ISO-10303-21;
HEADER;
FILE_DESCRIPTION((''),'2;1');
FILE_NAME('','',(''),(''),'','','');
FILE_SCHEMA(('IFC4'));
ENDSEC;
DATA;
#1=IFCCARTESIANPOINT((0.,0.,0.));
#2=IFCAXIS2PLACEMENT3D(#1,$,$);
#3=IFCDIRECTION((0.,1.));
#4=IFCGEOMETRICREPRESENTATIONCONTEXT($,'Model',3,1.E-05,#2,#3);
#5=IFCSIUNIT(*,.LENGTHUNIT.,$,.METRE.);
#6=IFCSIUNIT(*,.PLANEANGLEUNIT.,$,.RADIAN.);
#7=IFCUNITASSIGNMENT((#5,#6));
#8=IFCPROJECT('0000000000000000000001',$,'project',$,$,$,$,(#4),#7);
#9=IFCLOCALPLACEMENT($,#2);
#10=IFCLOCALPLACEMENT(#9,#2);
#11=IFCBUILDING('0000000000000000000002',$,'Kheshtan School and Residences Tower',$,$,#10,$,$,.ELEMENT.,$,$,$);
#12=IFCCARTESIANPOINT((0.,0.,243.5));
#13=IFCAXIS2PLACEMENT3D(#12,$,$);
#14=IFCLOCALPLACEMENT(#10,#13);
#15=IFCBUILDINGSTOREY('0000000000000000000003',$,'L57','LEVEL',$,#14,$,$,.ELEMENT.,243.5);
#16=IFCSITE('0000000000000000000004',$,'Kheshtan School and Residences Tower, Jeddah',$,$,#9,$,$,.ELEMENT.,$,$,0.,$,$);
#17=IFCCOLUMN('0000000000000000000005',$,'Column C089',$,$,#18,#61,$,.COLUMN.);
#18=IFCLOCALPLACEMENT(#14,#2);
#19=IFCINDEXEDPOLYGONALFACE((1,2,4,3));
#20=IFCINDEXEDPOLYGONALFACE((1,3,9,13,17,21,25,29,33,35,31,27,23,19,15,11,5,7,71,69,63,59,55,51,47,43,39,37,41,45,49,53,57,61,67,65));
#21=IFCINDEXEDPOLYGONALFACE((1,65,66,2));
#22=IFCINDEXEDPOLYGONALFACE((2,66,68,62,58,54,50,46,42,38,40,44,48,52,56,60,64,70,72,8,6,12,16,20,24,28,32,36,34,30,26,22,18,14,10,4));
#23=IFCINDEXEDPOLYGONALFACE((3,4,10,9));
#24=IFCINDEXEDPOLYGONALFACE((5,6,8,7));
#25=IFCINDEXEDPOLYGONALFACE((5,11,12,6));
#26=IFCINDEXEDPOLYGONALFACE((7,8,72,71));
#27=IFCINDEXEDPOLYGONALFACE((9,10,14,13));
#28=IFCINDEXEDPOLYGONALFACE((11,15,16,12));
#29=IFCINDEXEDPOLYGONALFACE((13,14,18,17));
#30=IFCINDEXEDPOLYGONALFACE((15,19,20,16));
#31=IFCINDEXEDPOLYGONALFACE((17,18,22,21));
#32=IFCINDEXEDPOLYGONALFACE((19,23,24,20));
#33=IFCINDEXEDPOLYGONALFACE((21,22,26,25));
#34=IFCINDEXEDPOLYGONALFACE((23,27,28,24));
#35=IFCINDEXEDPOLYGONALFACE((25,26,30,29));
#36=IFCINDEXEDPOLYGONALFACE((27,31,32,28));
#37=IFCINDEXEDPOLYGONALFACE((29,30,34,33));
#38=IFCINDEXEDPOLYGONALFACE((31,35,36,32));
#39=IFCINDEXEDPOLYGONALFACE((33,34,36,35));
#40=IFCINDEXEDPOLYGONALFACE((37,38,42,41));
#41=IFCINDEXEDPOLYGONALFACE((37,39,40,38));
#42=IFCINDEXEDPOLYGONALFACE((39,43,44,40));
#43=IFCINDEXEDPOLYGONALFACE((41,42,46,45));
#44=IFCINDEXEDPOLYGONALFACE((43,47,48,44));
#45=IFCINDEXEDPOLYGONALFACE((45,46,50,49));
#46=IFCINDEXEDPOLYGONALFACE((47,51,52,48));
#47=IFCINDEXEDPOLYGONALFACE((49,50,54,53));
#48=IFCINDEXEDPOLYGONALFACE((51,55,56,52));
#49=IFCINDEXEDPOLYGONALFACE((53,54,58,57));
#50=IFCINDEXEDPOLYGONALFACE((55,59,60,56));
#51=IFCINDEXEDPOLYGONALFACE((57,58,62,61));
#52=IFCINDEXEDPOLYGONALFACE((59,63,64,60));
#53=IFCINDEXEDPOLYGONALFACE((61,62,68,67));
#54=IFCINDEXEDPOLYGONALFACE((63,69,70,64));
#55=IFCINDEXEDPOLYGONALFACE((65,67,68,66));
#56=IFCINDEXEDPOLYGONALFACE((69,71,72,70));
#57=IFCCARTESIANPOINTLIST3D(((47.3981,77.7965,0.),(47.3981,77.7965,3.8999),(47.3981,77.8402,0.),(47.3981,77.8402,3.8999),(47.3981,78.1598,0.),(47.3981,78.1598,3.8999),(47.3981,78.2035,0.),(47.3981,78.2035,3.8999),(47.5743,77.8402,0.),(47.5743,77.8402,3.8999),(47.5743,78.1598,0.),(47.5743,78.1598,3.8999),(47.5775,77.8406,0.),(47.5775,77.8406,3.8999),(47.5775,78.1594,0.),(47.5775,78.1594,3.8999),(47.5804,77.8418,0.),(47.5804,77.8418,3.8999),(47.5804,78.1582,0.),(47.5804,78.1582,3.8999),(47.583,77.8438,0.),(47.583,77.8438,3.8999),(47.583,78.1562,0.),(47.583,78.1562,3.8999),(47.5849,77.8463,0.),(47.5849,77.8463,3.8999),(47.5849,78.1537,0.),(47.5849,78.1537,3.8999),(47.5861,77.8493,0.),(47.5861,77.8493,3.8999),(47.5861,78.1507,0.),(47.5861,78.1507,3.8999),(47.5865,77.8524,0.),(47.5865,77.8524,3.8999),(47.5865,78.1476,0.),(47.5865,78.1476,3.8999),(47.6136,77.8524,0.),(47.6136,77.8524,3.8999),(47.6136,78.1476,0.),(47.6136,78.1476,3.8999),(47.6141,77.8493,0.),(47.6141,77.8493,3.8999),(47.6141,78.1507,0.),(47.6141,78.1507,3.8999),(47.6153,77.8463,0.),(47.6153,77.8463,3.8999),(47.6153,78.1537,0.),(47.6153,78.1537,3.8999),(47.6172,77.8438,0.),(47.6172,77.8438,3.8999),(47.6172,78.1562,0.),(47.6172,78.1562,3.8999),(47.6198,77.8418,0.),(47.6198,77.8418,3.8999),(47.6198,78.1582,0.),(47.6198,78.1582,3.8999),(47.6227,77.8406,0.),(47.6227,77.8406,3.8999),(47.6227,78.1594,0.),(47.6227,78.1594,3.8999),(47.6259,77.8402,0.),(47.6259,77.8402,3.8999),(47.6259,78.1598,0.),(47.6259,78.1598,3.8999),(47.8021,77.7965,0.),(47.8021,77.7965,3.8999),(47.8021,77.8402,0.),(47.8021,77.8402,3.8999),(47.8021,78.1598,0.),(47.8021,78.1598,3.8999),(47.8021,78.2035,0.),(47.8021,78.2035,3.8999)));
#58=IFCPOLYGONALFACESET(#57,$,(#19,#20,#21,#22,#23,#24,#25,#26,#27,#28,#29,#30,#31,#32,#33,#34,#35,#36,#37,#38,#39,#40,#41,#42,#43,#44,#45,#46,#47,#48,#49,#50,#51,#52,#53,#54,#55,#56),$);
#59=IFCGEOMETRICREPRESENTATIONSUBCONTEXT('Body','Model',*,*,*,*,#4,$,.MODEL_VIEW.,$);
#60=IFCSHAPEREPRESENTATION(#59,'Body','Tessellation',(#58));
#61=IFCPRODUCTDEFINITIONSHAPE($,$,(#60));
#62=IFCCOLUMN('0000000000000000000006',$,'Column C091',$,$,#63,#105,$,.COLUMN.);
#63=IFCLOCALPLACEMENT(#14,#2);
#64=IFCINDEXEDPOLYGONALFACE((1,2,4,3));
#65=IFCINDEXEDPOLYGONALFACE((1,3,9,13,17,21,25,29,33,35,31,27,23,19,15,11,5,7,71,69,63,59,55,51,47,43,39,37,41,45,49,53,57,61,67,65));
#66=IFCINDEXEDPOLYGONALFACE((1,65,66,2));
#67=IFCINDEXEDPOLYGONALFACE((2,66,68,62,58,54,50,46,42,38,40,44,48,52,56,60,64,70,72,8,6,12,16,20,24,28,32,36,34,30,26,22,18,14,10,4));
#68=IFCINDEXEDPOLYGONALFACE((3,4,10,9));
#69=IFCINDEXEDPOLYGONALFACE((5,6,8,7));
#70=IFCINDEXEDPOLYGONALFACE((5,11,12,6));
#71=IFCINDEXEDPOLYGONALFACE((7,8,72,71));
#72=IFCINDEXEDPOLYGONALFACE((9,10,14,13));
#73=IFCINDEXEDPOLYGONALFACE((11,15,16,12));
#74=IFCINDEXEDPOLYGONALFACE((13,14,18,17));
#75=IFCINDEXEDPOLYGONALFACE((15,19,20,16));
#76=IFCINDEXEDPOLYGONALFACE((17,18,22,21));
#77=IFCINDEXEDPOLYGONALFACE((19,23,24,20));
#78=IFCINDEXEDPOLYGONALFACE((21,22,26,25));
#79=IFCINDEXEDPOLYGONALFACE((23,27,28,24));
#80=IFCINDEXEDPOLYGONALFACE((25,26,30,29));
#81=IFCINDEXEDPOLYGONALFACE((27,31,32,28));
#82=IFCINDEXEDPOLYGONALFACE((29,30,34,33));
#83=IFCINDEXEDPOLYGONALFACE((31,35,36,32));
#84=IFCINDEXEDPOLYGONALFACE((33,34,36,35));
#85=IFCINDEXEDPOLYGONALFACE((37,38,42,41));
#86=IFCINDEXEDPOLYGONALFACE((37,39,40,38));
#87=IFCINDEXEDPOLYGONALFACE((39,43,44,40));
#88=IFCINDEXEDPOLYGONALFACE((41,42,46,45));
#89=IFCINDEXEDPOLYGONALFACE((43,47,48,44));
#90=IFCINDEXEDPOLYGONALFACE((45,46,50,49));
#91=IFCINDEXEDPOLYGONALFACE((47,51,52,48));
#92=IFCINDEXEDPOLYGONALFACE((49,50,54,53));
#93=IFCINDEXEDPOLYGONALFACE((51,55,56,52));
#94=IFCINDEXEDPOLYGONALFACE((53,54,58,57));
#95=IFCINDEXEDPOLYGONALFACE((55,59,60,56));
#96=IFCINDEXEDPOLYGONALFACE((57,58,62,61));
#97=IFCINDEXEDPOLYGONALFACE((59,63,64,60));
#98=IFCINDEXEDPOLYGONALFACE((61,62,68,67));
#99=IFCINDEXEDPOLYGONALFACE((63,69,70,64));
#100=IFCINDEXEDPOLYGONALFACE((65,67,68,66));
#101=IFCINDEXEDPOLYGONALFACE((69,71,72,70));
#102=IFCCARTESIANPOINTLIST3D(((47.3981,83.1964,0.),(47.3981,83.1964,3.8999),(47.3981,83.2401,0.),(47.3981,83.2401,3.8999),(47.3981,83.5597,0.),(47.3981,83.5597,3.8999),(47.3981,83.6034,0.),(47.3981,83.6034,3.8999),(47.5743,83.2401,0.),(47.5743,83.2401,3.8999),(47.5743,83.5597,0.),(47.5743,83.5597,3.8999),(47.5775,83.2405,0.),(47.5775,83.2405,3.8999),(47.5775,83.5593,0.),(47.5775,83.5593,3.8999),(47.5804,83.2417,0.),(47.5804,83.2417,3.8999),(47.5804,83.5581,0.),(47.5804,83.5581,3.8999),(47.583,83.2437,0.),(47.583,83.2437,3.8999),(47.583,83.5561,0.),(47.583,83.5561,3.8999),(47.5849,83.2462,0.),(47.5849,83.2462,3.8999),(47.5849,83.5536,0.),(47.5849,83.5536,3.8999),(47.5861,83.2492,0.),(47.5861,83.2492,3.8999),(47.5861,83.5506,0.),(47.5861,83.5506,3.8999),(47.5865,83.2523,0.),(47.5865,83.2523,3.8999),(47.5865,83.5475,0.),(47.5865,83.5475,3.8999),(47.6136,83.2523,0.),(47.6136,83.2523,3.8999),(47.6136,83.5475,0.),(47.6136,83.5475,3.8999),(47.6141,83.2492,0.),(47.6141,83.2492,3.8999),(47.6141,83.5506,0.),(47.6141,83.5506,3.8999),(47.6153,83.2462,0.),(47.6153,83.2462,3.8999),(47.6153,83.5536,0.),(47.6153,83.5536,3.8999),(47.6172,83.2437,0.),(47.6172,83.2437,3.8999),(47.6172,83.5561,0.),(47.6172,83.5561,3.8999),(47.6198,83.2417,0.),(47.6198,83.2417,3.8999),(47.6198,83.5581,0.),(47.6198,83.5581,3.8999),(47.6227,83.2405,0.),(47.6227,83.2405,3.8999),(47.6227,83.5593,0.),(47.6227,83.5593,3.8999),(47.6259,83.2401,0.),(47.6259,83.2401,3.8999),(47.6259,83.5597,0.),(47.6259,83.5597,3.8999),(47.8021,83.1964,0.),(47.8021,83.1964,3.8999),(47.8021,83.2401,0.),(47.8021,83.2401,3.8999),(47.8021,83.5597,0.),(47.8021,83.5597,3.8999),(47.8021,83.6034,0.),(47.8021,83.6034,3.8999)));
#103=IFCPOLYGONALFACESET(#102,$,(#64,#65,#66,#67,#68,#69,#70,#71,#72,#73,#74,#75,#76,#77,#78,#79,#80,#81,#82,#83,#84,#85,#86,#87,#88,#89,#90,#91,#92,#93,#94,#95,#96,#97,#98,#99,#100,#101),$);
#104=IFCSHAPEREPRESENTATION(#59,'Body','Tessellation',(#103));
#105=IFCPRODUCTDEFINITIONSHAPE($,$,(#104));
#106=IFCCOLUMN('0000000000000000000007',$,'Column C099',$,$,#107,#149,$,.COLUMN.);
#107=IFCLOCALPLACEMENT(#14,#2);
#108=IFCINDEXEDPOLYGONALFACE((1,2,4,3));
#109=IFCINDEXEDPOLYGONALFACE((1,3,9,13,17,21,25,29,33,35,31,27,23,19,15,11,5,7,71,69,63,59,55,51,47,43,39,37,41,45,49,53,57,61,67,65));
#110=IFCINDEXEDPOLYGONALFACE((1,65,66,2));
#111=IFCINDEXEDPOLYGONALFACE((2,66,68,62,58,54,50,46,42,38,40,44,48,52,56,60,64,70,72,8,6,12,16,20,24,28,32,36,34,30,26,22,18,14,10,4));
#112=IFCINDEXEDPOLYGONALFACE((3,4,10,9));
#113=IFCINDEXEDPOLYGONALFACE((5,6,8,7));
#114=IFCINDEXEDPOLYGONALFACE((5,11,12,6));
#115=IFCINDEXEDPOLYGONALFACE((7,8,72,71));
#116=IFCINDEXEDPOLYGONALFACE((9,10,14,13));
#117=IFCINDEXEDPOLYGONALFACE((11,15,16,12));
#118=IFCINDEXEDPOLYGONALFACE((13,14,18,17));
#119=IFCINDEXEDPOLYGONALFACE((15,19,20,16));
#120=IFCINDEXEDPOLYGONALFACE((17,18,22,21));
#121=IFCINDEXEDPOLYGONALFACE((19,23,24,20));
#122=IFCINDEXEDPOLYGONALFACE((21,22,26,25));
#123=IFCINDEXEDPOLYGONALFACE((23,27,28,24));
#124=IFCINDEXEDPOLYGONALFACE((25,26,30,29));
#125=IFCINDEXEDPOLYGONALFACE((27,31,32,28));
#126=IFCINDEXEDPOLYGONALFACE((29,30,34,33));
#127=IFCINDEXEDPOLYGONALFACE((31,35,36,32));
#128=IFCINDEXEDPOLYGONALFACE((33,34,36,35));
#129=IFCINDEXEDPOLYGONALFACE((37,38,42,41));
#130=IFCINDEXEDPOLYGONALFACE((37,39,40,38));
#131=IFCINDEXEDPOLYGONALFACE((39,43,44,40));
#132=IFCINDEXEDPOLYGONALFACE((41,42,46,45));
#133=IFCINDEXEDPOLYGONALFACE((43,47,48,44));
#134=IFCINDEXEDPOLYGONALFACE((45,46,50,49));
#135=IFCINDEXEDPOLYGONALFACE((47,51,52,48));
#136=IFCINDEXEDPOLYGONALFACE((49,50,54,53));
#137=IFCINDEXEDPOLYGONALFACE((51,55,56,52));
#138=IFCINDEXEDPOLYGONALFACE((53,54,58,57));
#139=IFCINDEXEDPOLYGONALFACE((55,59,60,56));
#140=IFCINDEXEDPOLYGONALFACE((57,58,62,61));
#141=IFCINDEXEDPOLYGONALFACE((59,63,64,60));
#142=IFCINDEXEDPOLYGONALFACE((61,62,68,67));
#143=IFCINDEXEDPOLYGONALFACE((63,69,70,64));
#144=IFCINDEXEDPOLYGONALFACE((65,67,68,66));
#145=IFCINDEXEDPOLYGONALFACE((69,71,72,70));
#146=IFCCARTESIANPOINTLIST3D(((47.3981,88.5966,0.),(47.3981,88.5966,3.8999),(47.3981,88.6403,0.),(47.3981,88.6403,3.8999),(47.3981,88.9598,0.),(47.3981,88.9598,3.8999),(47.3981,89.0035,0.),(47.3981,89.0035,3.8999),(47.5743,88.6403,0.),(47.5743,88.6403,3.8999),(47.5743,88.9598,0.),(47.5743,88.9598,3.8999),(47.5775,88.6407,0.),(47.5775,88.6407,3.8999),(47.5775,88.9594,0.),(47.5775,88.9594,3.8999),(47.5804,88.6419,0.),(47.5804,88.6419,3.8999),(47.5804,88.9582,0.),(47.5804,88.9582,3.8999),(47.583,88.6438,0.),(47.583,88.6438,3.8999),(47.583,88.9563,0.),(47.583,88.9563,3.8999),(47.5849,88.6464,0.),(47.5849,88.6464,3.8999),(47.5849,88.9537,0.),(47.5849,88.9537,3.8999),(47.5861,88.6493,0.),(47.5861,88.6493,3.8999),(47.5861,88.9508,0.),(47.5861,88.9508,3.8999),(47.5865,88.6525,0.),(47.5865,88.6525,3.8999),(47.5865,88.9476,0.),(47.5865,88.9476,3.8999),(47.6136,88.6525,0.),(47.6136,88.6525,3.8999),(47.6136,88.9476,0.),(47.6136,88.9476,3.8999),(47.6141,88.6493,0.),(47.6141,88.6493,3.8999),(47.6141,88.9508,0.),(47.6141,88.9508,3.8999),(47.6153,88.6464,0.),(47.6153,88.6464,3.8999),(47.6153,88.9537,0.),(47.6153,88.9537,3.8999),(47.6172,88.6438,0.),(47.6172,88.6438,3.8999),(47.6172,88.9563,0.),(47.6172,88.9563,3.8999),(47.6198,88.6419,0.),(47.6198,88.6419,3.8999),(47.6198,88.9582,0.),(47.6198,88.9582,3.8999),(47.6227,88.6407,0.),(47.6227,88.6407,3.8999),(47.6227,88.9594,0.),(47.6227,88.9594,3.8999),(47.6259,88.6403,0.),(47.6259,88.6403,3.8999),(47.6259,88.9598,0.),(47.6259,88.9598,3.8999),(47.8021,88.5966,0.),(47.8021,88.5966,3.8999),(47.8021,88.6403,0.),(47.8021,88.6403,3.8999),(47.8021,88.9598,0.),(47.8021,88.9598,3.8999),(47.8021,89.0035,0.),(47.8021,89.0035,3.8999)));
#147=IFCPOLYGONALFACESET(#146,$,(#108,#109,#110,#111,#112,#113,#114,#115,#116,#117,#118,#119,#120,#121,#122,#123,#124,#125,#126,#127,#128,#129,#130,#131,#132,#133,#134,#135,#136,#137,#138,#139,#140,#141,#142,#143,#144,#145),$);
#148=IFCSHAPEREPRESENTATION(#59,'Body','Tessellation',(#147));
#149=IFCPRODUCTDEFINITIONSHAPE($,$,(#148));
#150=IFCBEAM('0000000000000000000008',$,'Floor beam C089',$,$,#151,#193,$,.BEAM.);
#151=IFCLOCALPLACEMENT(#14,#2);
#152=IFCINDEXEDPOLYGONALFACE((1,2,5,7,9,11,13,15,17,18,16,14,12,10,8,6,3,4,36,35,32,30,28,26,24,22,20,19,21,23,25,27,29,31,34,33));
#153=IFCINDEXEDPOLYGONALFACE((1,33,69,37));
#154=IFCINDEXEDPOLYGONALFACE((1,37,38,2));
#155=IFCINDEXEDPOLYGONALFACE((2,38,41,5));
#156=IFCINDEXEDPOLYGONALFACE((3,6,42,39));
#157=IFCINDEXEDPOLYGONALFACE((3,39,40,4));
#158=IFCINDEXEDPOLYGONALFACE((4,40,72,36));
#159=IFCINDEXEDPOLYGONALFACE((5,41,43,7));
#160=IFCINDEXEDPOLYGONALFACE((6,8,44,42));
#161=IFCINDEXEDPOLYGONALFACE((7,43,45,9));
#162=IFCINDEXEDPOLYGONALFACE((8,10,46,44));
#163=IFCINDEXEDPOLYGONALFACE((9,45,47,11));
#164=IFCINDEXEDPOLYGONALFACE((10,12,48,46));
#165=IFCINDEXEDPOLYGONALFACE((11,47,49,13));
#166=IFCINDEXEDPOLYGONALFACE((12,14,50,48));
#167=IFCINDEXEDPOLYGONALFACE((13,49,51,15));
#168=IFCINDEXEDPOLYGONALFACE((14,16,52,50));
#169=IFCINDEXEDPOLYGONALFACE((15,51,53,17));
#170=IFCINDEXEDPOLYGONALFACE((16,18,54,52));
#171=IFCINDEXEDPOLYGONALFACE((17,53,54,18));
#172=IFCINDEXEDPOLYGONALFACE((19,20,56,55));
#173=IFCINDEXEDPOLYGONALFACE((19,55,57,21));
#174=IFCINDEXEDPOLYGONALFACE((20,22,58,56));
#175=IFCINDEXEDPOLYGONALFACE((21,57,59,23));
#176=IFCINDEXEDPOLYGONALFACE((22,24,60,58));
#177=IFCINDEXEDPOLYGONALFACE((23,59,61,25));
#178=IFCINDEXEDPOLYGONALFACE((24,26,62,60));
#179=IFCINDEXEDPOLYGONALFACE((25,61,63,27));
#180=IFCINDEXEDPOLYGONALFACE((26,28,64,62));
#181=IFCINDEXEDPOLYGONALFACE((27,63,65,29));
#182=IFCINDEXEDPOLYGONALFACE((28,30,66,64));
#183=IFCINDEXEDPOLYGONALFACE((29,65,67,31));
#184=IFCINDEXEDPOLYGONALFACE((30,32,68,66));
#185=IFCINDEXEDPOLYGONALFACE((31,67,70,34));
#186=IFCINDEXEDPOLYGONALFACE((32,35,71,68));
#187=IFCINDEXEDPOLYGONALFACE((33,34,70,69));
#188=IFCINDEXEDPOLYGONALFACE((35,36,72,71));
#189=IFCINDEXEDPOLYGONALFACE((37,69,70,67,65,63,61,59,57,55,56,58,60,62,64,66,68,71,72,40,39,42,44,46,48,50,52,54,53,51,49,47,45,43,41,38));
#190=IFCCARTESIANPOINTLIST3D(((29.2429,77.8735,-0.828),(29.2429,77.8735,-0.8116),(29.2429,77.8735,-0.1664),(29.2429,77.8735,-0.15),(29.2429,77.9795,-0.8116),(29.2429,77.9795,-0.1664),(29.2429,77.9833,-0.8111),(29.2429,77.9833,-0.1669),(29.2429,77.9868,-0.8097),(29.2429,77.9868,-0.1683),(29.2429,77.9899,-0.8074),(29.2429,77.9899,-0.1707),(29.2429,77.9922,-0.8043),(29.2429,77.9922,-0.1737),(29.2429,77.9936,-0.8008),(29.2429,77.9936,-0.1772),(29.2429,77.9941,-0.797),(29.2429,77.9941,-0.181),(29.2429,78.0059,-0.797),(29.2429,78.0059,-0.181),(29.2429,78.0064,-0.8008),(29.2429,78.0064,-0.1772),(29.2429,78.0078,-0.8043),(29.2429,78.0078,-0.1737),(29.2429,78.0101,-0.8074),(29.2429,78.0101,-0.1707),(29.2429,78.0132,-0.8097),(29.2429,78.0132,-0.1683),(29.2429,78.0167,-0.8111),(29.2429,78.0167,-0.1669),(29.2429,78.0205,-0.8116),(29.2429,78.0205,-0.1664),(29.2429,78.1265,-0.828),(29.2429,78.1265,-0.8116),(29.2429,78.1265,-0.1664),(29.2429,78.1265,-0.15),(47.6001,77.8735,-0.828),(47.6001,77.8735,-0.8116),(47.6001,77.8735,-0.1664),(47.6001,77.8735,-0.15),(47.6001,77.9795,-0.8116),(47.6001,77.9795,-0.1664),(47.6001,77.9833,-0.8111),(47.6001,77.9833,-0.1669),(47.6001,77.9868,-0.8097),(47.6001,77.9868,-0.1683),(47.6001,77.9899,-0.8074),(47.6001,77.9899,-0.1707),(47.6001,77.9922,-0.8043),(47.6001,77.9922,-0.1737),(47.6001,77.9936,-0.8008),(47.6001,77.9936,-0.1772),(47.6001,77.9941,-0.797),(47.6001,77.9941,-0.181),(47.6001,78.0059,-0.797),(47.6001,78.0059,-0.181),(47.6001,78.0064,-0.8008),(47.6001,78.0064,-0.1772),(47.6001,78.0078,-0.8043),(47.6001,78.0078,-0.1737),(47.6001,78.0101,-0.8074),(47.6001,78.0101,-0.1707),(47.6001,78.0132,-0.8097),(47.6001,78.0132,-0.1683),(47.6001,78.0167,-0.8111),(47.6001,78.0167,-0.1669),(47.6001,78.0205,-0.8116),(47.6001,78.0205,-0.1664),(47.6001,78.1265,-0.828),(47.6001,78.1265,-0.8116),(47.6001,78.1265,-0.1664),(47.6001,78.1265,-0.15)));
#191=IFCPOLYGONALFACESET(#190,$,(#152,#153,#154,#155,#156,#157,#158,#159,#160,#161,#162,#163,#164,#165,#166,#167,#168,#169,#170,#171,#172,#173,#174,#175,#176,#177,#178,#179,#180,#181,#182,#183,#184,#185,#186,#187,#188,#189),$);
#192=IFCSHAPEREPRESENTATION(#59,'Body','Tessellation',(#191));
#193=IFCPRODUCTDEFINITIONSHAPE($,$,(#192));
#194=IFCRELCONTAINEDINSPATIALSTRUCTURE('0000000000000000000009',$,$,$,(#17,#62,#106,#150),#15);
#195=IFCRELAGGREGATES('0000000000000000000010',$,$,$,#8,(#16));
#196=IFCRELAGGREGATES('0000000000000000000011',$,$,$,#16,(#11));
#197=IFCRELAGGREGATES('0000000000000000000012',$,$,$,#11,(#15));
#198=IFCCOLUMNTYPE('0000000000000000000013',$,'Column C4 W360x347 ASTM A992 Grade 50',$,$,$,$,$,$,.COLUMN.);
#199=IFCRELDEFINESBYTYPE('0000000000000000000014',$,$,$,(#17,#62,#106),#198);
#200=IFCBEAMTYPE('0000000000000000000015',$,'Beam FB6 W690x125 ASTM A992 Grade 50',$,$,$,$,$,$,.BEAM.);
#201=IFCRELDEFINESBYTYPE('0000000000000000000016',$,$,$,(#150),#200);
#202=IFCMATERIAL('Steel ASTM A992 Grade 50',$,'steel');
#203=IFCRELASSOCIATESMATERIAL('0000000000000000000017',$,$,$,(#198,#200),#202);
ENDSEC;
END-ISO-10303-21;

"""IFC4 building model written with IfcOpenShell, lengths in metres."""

from ifc_helpers import new_model, si_unit, direction, frame, origin, origin_2d, place, context, subcontext, project, spatial, i_section, extrude, material, material_profile, profile_set, type_object, element, save


model = new_model("IFC4")

# Units and contexts
model_context = context("Model", 3, precision=1e-05, world=origin(), true_north=direction((0.0, 1.0)))
body_context = subcontext(model_context, "Body", "Model", "MODEL_VIEW")
ifc_project = project(units=[si_unit("LENGTHUNIT", "METRE"), si_unit("PLANEANGLEUNIT", "RADIAN")], contexts=[model_context])

# Site, building, storey
site_placement = place(None, origin())
site = spatial("IfcSite", under=ifc_project, at=site_placement, Name="Kheshtan School and Residences Tower, Jeddah", CompositionType="ELEMENT", RefElevation=0.0)
building_placement = place(site_placement, origin())
building = spatial("IfcBuilding", under=site, at=building_placement, Name="Kheshtan School and Residences Tower", CompositionType="ELEMENT")
storey_placement = place(building_placement, frame((0.0, 0.0, 243.5)))
storey = spatial("IfcBuildingStorey", under=building, at=storey_placement, Name="L57", Description="LEVEL", CompositionType="ELEMENT", Elevation=243.5)

# Columns
ifc_material_1 = material(Name="Steel ASTM A992 Grade 50", Category="steel")
ifc_material_profile_1 = material_profile(ifc_material_1, i_section(OverallWidth=0.4041, OverallDepth=0.407, WebThickness=0.0271, FlangeThickness=0.0437, FilletRadius=0.0122, at=origin_2d()), Name="W360x347")
ifc_profile_set_1 = profile_set([ifc_material_profile_1], Name="Steel ASTM A992 Grade 50")
column_type = type_object("IfcColumnType", Name="Column C4 W360x347 ASTM A992 Grade 50", PredefinedType="COLUMN", material=ifc_profile_set_1)
for number, where, z_axis, x_axis, name in (
    (1, (47.6001, 78.0, 0.0), (0.0, 0.0, 1.0), (1.0, 0.0, 0.0), "Column C089"),
    (2, (47.6001, 83.3999, 0.0), (0.0, 0.0, 1.0), (1.0, 0.0, 0.0), "Column C091"),
    (3, (47.6001, 88.8, 0.0), (0.0, 0.0, 1.0), (1.0, 0.0, 0.0), "Column C099"),
):
    element("IfcColumn", number, at=place(storey_placement, frame(where, z_axis=z_axis, x_axis=x_axis)), inside=storey, type_object=column_type, Name=name, PredefinedType="COLUMN", context=body_context, shape_type="SweptSolid", body=[
        extrude(i_section(OverallWidth=0.4041, OverallDepth=0.407, WebThickness=0.0271, FlangeThickness=0.0437, FilletRadius=0.0122, at=origin_2d()), origin(), (0.0, 0.0, 1.0), 3.8999),
    ])

# Beam
ifc_material_profile_2 = material_profile(ifc_material_1, i_section(OverallWidth=0.2529, OverallDepth=0.678, WebThickness=0.0117, FlangeThickness=0.0164, FilletRadius=0.0146, at=origin_2d()), Name="W690x125")
ifc_profile_set_2 = profile_set([ifc_material_profile_2], Name="Steel ASTM A992 Grade 50")
beam_type_1 = type_object("IfcBeamType", Name="Beam FB6 W690x125 ASTM A992 Grade 50", PredefinedType="BEAM", material=ifc_profile_set_2)
beam_1_placement = place(storey_placement, frame((47.6001, 78.0, -0.489), z_axis=(-1.0, 0.0, 0.0), x_axis=(0.0, -1.0, 0.0)))
element("IfcBeam", 4, at=beam_1_placement, inside=storey, type_object=beam_type_1, Name="Floor beam C089", PredefinedType="BEAM", context=body_context, shape_type="SweptSolid", body=[
    extrude(i_section(OverallWidth=0.2529, OverallDepth=0.678, WebThickness=0.0117, FlangeThickness=0.0164, FilletRadius=0.0146, at=origin_2d()), origin(), (0.0, 0.0, 1.0), 18.3572),
])

save(model, "model.ifc")
